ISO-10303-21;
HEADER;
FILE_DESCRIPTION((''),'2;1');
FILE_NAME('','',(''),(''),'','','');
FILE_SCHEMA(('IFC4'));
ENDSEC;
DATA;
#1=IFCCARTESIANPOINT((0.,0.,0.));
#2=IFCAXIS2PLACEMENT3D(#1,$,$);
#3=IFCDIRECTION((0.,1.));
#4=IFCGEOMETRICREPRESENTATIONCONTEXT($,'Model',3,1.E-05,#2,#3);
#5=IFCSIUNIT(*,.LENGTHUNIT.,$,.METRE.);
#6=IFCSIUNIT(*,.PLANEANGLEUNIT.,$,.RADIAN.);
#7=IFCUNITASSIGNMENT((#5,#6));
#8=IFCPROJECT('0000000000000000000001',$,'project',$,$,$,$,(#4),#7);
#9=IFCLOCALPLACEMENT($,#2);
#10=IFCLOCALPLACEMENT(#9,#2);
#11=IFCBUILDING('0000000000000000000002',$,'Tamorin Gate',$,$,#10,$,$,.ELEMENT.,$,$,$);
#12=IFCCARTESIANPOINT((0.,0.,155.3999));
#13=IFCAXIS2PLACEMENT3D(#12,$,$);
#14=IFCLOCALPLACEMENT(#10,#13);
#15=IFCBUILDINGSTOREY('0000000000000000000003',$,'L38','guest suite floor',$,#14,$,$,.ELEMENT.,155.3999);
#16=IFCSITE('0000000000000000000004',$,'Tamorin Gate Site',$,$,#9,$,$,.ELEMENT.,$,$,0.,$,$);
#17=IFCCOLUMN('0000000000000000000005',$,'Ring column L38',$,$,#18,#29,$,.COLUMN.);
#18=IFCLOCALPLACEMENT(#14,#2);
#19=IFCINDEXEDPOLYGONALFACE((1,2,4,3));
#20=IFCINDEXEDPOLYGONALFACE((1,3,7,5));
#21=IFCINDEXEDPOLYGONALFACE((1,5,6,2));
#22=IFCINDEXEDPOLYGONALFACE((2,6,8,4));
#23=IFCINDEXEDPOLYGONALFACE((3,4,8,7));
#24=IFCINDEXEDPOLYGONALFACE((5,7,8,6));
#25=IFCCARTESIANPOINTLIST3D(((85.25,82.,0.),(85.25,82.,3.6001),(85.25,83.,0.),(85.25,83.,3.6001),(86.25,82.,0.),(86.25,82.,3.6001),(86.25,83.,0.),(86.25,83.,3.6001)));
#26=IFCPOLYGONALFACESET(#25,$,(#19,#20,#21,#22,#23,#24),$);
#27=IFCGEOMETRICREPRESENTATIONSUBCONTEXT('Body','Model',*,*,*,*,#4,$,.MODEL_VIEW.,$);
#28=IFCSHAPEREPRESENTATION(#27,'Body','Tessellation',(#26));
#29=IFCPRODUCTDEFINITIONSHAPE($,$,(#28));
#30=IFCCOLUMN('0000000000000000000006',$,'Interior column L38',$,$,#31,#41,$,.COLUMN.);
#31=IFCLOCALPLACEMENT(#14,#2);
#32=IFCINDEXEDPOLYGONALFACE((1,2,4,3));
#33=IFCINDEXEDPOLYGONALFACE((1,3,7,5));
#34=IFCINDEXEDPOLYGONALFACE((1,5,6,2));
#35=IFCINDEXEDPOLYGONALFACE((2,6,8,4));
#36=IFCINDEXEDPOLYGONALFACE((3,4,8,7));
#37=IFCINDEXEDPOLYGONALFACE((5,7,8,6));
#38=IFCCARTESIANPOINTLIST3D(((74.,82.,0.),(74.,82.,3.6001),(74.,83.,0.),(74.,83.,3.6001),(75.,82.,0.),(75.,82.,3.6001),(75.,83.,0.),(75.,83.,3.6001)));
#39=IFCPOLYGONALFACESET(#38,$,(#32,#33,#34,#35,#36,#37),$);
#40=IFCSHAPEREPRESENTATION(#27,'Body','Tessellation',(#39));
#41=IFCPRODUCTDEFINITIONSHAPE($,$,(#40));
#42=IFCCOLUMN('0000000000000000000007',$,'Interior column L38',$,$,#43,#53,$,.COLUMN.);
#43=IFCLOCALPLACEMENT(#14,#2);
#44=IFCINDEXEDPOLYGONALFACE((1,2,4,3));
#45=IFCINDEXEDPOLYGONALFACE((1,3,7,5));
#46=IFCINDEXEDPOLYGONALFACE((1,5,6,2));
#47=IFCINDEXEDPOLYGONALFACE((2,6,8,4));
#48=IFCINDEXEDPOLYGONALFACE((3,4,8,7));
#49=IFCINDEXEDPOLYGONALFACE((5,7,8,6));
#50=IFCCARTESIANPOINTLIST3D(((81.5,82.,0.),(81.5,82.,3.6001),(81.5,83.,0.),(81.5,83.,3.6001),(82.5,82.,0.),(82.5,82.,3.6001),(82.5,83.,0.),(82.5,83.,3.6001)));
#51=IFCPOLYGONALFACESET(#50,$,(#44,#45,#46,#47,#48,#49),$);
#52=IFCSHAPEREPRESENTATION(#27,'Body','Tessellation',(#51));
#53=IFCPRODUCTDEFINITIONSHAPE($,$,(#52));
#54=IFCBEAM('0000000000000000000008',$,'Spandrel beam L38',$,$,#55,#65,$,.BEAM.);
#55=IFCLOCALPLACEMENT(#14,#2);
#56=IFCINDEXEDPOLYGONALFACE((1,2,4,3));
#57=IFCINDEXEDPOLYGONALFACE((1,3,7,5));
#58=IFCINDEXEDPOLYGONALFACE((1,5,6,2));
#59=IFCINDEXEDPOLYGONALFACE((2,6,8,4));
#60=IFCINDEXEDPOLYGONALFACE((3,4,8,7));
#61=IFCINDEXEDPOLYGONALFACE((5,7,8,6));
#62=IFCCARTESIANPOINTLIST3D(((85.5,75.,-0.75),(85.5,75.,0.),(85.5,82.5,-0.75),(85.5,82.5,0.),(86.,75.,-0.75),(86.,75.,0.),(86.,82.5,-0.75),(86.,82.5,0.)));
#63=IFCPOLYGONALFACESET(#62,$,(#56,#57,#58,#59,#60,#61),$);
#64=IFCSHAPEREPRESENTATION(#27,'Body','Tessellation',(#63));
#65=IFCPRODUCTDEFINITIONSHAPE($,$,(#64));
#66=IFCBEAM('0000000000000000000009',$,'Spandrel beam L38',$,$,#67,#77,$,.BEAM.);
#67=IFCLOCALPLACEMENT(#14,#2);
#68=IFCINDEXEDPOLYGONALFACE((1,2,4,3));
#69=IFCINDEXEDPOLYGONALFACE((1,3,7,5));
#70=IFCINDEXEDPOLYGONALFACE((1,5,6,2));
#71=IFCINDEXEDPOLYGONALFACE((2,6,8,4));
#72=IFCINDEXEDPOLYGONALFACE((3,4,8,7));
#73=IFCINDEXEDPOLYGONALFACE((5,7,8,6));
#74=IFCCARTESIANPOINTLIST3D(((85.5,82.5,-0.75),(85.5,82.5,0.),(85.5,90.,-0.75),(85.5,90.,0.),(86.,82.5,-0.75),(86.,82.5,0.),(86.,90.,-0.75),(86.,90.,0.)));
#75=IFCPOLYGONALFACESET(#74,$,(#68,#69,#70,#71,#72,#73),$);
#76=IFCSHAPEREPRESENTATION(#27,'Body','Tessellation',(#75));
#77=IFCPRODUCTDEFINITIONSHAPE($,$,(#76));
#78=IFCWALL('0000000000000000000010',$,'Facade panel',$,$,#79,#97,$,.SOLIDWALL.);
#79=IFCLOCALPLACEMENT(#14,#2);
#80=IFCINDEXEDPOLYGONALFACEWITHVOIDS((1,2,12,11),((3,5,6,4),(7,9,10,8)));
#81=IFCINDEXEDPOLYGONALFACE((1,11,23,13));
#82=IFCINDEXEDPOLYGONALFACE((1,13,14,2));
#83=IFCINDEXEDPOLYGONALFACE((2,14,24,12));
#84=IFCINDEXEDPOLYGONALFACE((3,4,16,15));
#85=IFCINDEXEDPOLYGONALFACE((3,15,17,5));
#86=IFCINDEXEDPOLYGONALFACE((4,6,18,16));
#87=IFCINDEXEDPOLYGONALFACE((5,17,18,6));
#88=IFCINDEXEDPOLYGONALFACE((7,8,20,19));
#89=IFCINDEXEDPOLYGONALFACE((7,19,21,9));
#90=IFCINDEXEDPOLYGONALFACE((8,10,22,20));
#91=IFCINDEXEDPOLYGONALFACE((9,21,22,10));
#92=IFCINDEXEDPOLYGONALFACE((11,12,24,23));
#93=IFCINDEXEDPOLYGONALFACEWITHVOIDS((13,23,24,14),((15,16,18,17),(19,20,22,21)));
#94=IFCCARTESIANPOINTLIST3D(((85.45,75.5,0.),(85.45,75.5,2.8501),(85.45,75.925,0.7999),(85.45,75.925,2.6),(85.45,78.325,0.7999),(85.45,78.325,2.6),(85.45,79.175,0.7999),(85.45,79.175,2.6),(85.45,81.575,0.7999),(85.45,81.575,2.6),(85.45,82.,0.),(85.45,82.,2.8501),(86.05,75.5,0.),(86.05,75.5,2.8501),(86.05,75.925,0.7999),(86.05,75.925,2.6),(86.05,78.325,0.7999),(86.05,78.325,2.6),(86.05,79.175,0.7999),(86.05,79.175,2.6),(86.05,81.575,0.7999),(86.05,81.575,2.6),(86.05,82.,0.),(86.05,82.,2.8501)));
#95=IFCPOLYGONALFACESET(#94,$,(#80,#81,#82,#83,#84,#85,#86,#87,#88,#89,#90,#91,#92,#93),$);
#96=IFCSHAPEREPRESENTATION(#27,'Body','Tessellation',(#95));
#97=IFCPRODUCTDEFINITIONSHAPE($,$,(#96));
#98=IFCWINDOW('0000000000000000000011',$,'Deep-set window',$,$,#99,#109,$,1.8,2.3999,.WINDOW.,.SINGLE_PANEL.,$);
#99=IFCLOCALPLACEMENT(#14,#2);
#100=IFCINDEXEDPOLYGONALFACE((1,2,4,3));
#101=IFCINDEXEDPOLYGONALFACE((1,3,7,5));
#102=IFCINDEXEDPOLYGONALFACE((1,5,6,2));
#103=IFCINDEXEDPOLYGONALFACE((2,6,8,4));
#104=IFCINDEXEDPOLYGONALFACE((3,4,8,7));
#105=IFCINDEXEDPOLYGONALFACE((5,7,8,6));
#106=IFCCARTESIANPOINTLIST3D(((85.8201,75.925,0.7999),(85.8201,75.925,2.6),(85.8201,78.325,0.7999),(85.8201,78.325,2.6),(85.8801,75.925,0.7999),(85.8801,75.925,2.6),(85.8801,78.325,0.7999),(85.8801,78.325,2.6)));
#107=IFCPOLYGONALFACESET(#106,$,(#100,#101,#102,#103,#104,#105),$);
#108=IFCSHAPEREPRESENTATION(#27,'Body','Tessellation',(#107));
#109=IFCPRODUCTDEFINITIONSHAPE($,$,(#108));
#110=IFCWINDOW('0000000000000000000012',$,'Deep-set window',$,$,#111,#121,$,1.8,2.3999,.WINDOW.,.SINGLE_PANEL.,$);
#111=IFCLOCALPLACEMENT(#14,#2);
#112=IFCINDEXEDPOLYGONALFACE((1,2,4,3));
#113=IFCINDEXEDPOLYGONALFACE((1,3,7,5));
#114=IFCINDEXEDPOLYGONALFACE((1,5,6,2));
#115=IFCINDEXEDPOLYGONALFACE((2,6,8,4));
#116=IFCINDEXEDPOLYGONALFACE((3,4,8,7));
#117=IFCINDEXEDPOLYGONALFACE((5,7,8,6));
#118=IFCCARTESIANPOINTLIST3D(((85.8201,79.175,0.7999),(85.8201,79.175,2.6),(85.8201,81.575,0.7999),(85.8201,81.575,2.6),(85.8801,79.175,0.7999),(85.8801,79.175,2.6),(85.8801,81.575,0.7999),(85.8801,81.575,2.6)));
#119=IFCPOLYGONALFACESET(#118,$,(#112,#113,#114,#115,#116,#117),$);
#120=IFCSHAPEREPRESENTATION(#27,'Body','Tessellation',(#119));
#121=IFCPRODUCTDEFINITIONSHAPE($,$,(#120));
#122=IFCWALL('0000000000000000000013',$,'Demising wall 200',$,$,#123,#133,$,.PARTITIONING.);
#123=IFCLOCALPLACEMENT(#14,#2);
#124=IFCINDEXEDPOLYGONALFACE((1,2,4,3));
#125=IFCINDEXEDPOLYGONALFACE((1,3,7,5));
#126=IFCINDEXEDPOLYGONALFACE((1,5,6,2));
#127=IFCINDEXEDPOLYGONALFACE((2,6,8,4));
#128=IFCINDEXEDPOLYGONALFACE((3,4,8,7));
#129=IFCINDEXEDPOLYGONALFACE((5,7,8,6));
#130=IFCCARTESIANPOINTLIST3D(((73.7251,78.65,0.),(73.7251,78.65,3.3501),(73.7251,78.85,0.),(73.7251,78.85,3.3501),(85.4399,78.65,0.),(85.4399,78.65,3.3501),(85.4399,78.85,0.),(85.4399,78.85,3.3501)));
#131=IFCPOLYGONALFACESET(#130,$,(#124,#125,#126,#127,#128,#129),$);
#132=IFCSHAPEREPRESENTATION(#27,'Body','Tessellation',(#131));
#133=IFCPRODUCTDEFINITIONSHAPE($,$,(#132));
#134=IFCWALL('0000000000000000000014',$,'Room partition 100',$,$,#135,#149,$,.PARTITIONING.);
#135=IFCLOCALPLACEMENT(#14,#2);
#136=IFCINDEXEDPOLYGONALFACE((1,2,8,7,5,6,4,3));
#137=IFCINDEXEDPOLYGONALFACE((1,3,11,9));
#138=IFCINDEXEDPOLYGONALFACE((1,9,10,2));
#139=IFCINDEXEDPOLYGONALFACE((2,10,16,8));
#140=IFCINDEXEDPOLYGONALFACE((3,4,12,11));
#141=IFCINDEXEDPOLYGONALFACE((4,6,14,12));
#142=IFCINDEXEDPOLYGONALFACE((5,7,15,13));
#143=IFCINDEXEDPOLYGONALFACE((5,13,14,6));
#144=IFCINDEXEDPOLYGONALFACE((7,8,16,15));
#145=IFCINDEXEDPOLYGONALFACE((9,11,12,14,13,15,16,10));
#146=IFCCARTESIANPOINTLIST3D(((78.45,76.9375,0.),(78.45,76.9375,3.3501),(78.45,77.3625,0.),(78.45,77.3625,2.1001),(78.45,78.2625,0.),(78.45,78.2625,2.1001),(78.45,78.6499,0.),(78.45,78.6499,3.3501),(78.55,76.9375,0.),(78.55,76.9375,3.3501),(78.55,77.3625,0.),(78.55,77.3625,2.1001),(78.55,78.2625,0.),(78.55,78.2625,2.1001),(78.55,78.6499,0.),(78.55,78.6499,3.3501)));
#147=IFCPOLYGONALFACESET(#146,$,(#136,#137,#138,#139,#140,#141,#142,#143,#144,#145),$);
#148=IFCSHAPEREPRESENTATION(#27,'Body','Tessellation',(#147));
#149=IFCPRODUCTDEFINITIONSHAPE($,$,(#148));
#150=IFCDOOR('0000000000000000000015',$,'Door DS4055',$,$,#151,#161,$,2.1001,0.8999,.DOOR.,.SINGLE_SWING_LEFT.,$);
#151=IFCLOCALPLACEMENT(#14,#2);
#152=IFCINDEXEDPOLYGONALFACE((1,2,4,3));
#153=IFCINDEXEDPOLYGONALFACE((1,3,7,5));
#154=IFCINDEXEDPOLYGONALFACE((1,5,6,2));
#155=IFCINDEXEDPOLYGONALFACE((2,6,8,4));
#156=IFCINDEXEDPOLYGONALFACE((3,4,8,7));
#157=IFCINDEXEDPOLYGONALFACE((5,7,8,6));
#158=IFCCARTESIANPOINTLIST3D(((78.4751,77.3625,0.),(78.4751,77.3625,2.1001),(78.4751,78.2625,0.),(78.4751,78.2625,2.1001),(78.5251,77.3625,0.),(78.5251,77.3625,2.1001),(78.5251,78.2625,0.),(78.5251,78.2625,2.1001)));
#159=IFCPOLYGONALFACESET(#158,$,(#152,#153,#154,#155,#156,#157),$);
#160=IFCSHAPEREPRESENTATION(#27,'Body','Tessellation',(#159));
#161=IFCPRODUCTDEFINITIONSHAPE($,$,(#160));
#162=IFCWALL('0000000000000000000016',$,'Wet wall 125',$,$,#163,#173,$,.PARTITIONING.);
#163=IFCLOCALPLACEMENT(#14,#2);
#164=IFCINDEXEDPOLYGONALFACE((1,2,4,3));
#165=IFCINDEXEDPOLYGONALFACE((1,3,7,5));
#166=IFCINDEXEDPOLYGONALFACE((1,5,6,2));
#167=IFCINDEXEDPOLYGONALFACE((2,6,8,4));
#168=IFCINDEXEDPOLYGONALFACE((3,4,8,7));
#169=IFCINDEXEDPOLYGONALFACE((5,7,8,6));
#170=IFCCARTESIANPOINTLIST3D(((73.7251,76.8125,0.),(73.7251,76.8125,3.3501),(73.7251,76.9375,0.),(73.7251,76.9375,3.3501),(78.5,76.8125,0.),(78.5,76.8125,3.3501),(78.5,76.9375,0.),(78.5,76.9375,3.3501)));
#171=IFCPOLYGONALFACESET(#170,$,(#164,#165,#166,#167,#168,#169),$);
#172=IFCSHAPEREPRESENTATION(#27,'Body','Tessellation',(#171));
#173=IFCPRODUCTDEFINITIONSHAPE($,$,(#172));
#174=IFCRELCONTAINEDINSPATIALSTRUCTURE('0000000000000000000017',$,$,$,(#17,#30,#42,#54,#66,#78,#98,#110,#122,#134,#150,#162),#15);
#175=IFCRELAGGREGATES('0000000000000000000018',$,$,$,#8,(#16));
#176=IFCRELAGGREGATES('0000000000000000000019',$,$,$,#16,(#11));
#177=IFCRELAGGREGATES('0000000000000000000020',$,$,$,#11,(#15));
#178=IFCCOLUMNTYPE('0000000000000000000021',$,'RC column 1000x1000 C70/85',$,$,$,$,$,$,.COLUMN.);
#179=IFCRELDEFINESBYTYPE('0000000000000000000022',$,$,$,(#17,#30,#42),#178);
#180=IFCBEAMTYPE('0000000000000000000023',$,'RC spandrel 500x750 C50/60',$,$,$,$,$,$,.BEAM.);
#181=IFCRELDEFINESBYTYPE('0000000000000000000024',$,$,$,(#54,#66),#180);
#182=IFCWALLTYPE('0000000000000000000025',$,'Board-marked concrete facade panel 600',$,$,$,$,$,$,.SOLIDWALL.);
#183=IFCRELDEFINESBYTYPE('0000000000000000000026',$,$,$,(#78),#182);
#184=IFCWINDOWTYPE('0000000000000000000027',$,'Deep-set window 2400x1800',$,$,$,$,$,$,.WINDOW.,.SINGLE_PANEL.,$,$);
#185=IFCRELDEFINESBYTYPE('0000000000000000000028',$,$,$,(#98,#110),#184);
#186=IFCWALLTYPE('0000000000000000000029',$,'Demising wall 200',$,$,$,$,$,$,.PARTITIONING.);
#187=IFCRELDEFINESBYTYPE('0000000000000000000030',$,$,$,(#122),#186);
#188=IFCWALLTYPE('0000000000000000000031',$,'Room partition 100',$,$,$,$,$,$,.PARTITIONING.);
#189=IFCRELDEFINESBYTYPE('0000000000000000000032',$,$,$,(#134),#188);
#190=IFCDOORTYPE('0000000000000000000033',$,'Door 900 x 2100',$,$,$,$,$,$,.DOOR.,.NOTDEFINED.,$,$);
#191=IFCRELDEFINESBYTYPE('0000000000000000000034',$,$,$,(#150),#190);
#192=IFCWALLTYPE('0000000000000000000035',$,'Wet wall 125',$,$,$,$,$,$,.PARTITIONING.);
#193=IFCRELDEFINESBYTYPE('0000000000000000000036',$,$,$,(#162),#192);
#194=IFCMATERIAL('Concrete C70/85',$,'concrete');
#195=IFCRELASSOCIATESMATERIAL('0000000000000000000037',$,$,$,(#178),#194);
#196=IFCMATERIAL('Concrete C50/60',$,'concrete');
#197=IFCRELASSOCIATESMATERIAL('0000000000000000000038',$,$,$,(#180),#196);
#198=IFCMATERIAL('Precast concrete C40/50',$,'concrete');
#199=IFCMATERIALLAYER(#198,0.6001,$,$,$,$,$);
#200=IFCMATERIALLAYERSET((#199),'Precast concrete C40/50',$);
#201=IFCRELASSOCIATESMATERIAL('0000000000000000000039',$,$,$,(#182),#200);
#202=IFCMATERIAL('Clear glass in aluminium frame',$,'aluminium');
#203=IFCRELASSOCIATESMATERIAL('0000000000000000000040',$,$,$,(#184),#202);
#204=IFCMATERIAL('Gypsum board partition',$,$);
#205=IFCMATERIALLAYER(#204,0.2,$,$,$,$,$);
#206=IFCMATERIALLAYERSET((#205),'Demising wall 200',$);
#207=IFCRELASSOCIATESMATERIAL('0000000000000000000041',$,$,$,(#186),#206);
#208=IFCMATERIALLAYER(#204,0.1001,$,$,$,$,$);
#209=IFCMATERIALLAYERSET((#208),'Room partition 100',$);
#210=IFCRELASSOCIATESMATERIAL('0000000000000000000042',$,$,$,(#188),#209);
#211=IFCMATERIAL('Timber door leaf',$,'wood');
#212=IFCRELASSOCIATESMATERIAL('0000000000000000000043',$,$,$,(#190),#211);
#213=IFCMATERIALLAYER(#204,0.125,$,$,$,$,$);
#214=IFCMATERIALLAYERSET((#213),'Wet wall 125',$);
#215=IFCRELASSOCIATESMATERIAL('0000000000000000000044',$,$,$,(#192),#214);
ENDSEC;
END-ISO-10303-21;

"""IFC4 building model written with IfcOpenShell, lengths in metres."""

from ifc_helpers import new_model, si_unit, direction, frame, frame_2d, origin, origin_2d, place, context, subcontext, project, spatial, rectangle, extrude, material, layer, layer_set, material_profile, profile_set, type_object, element, fill, save


model = new_model("IFC4")

# Units and contexts
model_context = context("Model", 3, precision=1e-05, world=origin(), true_north=direction((0.0, 1.0)))
body_context = subcontext(model_context, "Body", "Model", "MODEL_VIEW")
ifc_project = project(units=[si_unit("LENGTHUNIT", "METRE"), si_unit("PLANEANGLEUNIT", "RADIAN")], contexts=[model_context])

# Site, building, storey
site_placement = place(None, origin())
site = spatial("IfcSite", under=ifc_project, at=site_placement, Name="Tamorin Gate Site", CompositionType="ELEMENT", RefElevation=0.0)
building_placement = place(site_placement, origin())
building = spatial("IfcBuilding", under=site, at=building_placement, Name="Tamorin Gate", CompositionType="ELEMENT")
storey_placement = place(building_placement, frame((0.0, 0.0, 155.3999)))
storey = spatial("IfcBuildingStorey", under=building, at=storey_placement, Name="L38", Description="guest suite floor", CompositionType="ELEMENT", Elevation=155.3999)

# Columns
ifc_material_1 = material(Name="Concrete C70/85", Category="concrete")
ifc_material_profile_1 = material_profile(ifc_material_1, rectangle(XDim=1.0, YDim=1.0, at=origin_2d()), Name="RC 1000x1000")
ifc_profile_set_1 = profile_set([ifc_material_profile_1], Name="Concrete C70/85")
column_type = type_object("IfcColumnType", Name="RC column 1000x1000 C70/85", PredefinedType="COLUMN", material=ifc_profile_set_1)
for number, where, z_axis, x_axis, name in (
    (1, (85.75, 82.5, 0.0), (0.0, 0.0, 1.0), (1.0, 0.0, 0.0), "Ring column L38"),
    (2, (74.5, 82.5, 0.0), (0.0, 0.0, 1.0), (1.0, 0.0, 0.0), "Interior column L38"),
    (3, (82.0, 82.5, 0.0), (0.0, 0.0, 1.0), (1.0, 0.0, 0.0), "Interior column L38"),
):
    element("IfcColumn", number, at=place(storey_placement, frame(where, z_axis=z_axis, x_axis=x_axis)), inside=storey, type_object=column_type, Name=name, PredefinedType="COLUMN", context=body_context, shape_type="SweptSolid", body=[
        extrude(rectangle(XDim=1.0, YDim=1.0, at=origin_2d()), origin(), (0.0, 0.0, 1.0), 3.6001),
    ])

# Beams
ifc_material_2 = material(Name="Concrete C50/60", Category="concrete")
ifc_material_profile_2 = material_profile(ifc_material_2, rectangle(XDim=0.5, YDim=0.75, at=origin_2d()), Name="RC 500x750")
ifc_profile_set_2 = profile_set([ifc_material_profile_2], Name="Concrete C50/60")
beam_type = type_object("IfcBeamType", Name="RC spandrel 500x750 C50/60", PredefinedType="BEAM", material=ifc_profile_set_2)
for number, where, z_axis, x_axis, name in (
    (4, (85.75, 75.0, -0.375), (0.0, 1.0, 0.0), (-1.0, 0.0, 0.0), "Spandrel beam L38"),
    (5, (85.75, 82.5, -0.375), (0.0, 1.0, 0.0), (-1.0, 0.0, 0.0), "Spandrel beam L38"),
):
    element("IfcBeam", number, at=place(storey_placement, frame(where, z_axis=z_axis, x_axis=x_axis)), inside=storey, type_object=beam_type, Name=name, PredefinedType="BEAM", context=body_context, shape_type="SweptSolid", body=[
        extrude(rectangle(XDim=0.5, YDim=0.75, at=origin_2d()), origin(), (0.0, 0.0, 1.0), 7.5),
    ])

# Wall, openings, windows
ifc_material_3 = material(Name="Precast concrete C40/50", Category="concrete")
ifc_layer_1 = layer(ifc_material_3, 0.6001)
ifc_layer_set_1 = layer_set([ifc_layer_1], Name="Precast concrete C40/50")
wall_type_1 = type_object("IfcWallType", Name="Board-marked concrete facade panel 600", PredefinedType="SOLIDWALL", material=ifc_layer_set_1)
wall_1_placement = place(storey_placement, frame((85.75, 75.5, 0.0), z_axis=(0.0, 0.0, 1.0), x_axis=(0.0, 1.0, 0.0)))
wall_1 = element("IfcWall", 6, at=wall_1_placement, inside=storey, type_object=wall_type_1, Name="Facade panel", PredefinedType="SOLIDWALL", context=body_context, shape_type="SweptSolid", body=[
    extrude(rectangle(XDim=6.5, YDim=0.6001, at=frame_2d((3.25, 0.0))), origin(), (0.0, 0.0, 1.0), 2.8501),
])
opening_1_placement = place(wall_1_placement, frame((0.425, 0.0, 0.8)))
opening_1 = element("IfcOpeningElement", 7, at=opening_1_placement, cuts=wall_1, PredefinedType="OPENING", context=body_context, shape_type="SweptSolid", body=[
    extrude(rectangle(XDim=2.3999, YDim=1.8, at=frame_2d((1.2, 0.8999))), frame((0.0, 0.3101, 0.0), z_axis=(0.0, -1.0, 0.0), x_axis=(1.0, 0.0, 0.0)), (0.0, 0.0, 1.0), 0.6201),
])
opening_2_placement = place(wall_1_placement, frame((3.675, 0.0, 0.8)))
opening_2 = element("IfcOpeningElement", 8, at=opening_2_placement, cuts=wall_1, PredefinedType="OPENING", context=body_context, shape_type="SweptSolid", body=[
    extrude(rectangle(XDim=2.3999, YDim=1.8, at=frame_2d((1.2, 0.8999))), frame((0.0, 0.3101, 0.0), z_axis=(0.0, -1.0, 0.0), x_axis=(1.0, 0.0, 0.0)), (0.0, 0.0, 1.0), 0.6201),
])
ifc_material_4 = material(Name="Clear glass in aluminium frame", Category="aluminium")
window_type = type_object("IfcWindowType", Name="Deep-set window 2400x1800", PartitioningType="SINGLE_PANEL", PredefinedType="WINDOW", material=ifc_material_4)
window_1_placement = place(opening_1_placement, origin())
window_1 = element("IfcWindow", 9, at=window_1_placement, inside=storey, type_object=window_type, Name="Deep-set window", OverallHeight=1.8, OverallWidth=2.3999, PartitioningType="SINGLE_PANEL", PredefinedType="WINDOW", context=body_context, shape_type="SweptSolid", body=[
    extrude(rectangle(XDim=2.3999, YDim=1.8, at=frame_2d((1.2, 0.8999))), frame((0.0, -0.0701, 0.0), z_axis=(0.0, -1.0, 0.0), x_axis=(1.0, 0.0, 0.0)), (0.0, 0.0, 1.0), 0.0601),
])
fill(opening_1, window_1)
window_2_placement = place(opening_2_placement, origin())
window_2 = element("IfcWindow", 10, at=window_2_placement, inside=storey, type_object=window_type, Name="Deep-set window", OverallHeight=1.8, OverallWidth=2.3999, PartitioningType="SINGLE_PANEL", PredefinedType="WINDOW", context=body_context, shape_type="SweptSolid", body=[
    extrude(rectangle(XDim=2.3999, YDim=1.8, at=frame_2d((1.2, 0.8999))), frame((0.0, -0.0701, 0.0), z_axis=(0.0, -1.0, 0.0), x_axis=(1.0, 0.0, 0.0)), (0.0, 0.0, 1.0), 0.0601),
])
fill(opening_2, window_2)

# Wall
ifc_material_5 = material(Name="Gypsum board partition")
ifc_layer_2 = layer(ifc_material_5, 0.2)
ifc_layer_set_2 = layer_set([ifc_layer_2], Name="Demising wall 200")
wall_type_2 = type_object("IfcWallType", Name="Demising wall 200", PredefinedType="PARTITIONING", material=ifc_layer_set_2)
wall_2_placement = place(storey_placement, frame((73.7251, 78.75, 0.0), z_axis=(0.0, 0.0, 1.0), x_axis=(1.0, 0.0, 0.0)))
element("IfcWall", 11, at=wall_2_placement, inside=storey, type_object=wall_type_2, Name="Demising wall 200", PredefinedType="PARTITIONING", context=body_context, shape_type="SweptSolid", body=[
    extrude(rectangle(XDim=11.7148, YDim=0.2, at=frame_2d((5.8574, 0.0))), origin(), (0.0, 0.0, 1.0), 3.3501),
])

# Wall, opening, door
ifc_layer_3 = layer(ifc_material_5, 0.1001)
ifc_layer_set_3 = layer_set([ifc_layer_3], Name="Room partition 100")
wall_type_3 = type_object("IfcWallType", Name="Room partition 100", PredefinedType="PARTITIONING", material=ifc_layer_set_3)
wall_3_placement = place(storey_placement, frame((78.5, 76.9375, 0.0), z_axis=(0.0, 0.0, 1.0), x_axis=(0.0, 1.0, 0.0)))
wall_3 = element("IfcWall", 12, at=wall_3_placement, inside=storey, type_object=wall_type_3, Name="Room partition 100", PredefinedType="PARTITIONING", context=body_context, shape_type="SweptSolid", body=[
    extrude(rectangle(XDim=1.7124, YDim=0.1001, at=frame_2d((0.8562, 0.0))), origin(), (0.0, 0.0, 1.0), 3.3501),
])
opening_3_placement = place(wall_3_placement, frame((0.425, 0.0, 0.0)))
opening_3 = element("IfcOpeningElement", 13, at=opening_3_placement, cuts=wall_3, PredefinedType="OPENING", context=body_context, shape_type="SweptSolid", body=[
    extrude(rectangle(XDim=0.8999, YDim=2.1001, at=frame_2d((0.45, 1.05))), frame((0.0, 0.0601, 0.0), z_axis=(0.0, -1.0, 0.0), x_axis=(1.0, 0.0, 0.0)), (0.0, 0.0, 1.0), 0.1201),
])
ifc_material_6 = material(Name="Timber door leaf", Category="wood")
door_type = type_object("IfcDoorType", Name="Door 900 x 2100", OperationType="NOTDEFINED", PredefinedType="DOOR", material=ifc_material_6)
door_1_placement = place(opening_3_placement, origin())
door_1 = element("IfcDoor", 14, at=door_1_placement, inside=storey, type_object=door_type, Name="Door DS4055", OperationType="SINGLE_SWING_LEFT", OverallHeight=2.1001, OverallWidth=0.8999, PredefinedType="DOOR", context=body_context, shape_type="SweptSolid", body=[
    extrude(rectangle(XDim=0.8999, YDim=2.1001, at=frame_2d((0.45, 1.05))), frame((0.0, 0.0249, 0.0), z_axis=(0.0, -1.0, 0.0), x_axis=(1.0, 0.0, 0.0)), (0.0, 0.0, 1.0), 0.05),
])
fill(opening_3, door_1)

# Wall
ifc_layer_4 = layer(ifc_material_5, 0.125)
ifc_layer_set_4 = layer_set([ifc_layer_4], Name="Wet wall 125")
wall_type_4 = type_object("IfcWallType", Name="Wet wall 125", PredefinedType="PARTITIONING", material=ifc_layer_set_4)
wall_4_placement = place(storey_placement, frame((73.7251, 76.875, 0.0), z_axis=(0.0, 0.0, 1.0), x_axis=(1.0, 0.0, 0.0)))
element("IfcWall", 15, at=wall_4_placement, inside=storey, type_object=wall_type_4, Name="Wet wall 125", PredefinedType="PARTITIONING", context=body_context, shape_type="SweptSolid", body=[
    extrude(rectangle(XDim=4.7749, YDim=0.125, at=frame_2d((2.3875, 0.0))), origin(), (0.0, 0.0, 1.0), 3.3501),
])

save(model, "model.ifc")
